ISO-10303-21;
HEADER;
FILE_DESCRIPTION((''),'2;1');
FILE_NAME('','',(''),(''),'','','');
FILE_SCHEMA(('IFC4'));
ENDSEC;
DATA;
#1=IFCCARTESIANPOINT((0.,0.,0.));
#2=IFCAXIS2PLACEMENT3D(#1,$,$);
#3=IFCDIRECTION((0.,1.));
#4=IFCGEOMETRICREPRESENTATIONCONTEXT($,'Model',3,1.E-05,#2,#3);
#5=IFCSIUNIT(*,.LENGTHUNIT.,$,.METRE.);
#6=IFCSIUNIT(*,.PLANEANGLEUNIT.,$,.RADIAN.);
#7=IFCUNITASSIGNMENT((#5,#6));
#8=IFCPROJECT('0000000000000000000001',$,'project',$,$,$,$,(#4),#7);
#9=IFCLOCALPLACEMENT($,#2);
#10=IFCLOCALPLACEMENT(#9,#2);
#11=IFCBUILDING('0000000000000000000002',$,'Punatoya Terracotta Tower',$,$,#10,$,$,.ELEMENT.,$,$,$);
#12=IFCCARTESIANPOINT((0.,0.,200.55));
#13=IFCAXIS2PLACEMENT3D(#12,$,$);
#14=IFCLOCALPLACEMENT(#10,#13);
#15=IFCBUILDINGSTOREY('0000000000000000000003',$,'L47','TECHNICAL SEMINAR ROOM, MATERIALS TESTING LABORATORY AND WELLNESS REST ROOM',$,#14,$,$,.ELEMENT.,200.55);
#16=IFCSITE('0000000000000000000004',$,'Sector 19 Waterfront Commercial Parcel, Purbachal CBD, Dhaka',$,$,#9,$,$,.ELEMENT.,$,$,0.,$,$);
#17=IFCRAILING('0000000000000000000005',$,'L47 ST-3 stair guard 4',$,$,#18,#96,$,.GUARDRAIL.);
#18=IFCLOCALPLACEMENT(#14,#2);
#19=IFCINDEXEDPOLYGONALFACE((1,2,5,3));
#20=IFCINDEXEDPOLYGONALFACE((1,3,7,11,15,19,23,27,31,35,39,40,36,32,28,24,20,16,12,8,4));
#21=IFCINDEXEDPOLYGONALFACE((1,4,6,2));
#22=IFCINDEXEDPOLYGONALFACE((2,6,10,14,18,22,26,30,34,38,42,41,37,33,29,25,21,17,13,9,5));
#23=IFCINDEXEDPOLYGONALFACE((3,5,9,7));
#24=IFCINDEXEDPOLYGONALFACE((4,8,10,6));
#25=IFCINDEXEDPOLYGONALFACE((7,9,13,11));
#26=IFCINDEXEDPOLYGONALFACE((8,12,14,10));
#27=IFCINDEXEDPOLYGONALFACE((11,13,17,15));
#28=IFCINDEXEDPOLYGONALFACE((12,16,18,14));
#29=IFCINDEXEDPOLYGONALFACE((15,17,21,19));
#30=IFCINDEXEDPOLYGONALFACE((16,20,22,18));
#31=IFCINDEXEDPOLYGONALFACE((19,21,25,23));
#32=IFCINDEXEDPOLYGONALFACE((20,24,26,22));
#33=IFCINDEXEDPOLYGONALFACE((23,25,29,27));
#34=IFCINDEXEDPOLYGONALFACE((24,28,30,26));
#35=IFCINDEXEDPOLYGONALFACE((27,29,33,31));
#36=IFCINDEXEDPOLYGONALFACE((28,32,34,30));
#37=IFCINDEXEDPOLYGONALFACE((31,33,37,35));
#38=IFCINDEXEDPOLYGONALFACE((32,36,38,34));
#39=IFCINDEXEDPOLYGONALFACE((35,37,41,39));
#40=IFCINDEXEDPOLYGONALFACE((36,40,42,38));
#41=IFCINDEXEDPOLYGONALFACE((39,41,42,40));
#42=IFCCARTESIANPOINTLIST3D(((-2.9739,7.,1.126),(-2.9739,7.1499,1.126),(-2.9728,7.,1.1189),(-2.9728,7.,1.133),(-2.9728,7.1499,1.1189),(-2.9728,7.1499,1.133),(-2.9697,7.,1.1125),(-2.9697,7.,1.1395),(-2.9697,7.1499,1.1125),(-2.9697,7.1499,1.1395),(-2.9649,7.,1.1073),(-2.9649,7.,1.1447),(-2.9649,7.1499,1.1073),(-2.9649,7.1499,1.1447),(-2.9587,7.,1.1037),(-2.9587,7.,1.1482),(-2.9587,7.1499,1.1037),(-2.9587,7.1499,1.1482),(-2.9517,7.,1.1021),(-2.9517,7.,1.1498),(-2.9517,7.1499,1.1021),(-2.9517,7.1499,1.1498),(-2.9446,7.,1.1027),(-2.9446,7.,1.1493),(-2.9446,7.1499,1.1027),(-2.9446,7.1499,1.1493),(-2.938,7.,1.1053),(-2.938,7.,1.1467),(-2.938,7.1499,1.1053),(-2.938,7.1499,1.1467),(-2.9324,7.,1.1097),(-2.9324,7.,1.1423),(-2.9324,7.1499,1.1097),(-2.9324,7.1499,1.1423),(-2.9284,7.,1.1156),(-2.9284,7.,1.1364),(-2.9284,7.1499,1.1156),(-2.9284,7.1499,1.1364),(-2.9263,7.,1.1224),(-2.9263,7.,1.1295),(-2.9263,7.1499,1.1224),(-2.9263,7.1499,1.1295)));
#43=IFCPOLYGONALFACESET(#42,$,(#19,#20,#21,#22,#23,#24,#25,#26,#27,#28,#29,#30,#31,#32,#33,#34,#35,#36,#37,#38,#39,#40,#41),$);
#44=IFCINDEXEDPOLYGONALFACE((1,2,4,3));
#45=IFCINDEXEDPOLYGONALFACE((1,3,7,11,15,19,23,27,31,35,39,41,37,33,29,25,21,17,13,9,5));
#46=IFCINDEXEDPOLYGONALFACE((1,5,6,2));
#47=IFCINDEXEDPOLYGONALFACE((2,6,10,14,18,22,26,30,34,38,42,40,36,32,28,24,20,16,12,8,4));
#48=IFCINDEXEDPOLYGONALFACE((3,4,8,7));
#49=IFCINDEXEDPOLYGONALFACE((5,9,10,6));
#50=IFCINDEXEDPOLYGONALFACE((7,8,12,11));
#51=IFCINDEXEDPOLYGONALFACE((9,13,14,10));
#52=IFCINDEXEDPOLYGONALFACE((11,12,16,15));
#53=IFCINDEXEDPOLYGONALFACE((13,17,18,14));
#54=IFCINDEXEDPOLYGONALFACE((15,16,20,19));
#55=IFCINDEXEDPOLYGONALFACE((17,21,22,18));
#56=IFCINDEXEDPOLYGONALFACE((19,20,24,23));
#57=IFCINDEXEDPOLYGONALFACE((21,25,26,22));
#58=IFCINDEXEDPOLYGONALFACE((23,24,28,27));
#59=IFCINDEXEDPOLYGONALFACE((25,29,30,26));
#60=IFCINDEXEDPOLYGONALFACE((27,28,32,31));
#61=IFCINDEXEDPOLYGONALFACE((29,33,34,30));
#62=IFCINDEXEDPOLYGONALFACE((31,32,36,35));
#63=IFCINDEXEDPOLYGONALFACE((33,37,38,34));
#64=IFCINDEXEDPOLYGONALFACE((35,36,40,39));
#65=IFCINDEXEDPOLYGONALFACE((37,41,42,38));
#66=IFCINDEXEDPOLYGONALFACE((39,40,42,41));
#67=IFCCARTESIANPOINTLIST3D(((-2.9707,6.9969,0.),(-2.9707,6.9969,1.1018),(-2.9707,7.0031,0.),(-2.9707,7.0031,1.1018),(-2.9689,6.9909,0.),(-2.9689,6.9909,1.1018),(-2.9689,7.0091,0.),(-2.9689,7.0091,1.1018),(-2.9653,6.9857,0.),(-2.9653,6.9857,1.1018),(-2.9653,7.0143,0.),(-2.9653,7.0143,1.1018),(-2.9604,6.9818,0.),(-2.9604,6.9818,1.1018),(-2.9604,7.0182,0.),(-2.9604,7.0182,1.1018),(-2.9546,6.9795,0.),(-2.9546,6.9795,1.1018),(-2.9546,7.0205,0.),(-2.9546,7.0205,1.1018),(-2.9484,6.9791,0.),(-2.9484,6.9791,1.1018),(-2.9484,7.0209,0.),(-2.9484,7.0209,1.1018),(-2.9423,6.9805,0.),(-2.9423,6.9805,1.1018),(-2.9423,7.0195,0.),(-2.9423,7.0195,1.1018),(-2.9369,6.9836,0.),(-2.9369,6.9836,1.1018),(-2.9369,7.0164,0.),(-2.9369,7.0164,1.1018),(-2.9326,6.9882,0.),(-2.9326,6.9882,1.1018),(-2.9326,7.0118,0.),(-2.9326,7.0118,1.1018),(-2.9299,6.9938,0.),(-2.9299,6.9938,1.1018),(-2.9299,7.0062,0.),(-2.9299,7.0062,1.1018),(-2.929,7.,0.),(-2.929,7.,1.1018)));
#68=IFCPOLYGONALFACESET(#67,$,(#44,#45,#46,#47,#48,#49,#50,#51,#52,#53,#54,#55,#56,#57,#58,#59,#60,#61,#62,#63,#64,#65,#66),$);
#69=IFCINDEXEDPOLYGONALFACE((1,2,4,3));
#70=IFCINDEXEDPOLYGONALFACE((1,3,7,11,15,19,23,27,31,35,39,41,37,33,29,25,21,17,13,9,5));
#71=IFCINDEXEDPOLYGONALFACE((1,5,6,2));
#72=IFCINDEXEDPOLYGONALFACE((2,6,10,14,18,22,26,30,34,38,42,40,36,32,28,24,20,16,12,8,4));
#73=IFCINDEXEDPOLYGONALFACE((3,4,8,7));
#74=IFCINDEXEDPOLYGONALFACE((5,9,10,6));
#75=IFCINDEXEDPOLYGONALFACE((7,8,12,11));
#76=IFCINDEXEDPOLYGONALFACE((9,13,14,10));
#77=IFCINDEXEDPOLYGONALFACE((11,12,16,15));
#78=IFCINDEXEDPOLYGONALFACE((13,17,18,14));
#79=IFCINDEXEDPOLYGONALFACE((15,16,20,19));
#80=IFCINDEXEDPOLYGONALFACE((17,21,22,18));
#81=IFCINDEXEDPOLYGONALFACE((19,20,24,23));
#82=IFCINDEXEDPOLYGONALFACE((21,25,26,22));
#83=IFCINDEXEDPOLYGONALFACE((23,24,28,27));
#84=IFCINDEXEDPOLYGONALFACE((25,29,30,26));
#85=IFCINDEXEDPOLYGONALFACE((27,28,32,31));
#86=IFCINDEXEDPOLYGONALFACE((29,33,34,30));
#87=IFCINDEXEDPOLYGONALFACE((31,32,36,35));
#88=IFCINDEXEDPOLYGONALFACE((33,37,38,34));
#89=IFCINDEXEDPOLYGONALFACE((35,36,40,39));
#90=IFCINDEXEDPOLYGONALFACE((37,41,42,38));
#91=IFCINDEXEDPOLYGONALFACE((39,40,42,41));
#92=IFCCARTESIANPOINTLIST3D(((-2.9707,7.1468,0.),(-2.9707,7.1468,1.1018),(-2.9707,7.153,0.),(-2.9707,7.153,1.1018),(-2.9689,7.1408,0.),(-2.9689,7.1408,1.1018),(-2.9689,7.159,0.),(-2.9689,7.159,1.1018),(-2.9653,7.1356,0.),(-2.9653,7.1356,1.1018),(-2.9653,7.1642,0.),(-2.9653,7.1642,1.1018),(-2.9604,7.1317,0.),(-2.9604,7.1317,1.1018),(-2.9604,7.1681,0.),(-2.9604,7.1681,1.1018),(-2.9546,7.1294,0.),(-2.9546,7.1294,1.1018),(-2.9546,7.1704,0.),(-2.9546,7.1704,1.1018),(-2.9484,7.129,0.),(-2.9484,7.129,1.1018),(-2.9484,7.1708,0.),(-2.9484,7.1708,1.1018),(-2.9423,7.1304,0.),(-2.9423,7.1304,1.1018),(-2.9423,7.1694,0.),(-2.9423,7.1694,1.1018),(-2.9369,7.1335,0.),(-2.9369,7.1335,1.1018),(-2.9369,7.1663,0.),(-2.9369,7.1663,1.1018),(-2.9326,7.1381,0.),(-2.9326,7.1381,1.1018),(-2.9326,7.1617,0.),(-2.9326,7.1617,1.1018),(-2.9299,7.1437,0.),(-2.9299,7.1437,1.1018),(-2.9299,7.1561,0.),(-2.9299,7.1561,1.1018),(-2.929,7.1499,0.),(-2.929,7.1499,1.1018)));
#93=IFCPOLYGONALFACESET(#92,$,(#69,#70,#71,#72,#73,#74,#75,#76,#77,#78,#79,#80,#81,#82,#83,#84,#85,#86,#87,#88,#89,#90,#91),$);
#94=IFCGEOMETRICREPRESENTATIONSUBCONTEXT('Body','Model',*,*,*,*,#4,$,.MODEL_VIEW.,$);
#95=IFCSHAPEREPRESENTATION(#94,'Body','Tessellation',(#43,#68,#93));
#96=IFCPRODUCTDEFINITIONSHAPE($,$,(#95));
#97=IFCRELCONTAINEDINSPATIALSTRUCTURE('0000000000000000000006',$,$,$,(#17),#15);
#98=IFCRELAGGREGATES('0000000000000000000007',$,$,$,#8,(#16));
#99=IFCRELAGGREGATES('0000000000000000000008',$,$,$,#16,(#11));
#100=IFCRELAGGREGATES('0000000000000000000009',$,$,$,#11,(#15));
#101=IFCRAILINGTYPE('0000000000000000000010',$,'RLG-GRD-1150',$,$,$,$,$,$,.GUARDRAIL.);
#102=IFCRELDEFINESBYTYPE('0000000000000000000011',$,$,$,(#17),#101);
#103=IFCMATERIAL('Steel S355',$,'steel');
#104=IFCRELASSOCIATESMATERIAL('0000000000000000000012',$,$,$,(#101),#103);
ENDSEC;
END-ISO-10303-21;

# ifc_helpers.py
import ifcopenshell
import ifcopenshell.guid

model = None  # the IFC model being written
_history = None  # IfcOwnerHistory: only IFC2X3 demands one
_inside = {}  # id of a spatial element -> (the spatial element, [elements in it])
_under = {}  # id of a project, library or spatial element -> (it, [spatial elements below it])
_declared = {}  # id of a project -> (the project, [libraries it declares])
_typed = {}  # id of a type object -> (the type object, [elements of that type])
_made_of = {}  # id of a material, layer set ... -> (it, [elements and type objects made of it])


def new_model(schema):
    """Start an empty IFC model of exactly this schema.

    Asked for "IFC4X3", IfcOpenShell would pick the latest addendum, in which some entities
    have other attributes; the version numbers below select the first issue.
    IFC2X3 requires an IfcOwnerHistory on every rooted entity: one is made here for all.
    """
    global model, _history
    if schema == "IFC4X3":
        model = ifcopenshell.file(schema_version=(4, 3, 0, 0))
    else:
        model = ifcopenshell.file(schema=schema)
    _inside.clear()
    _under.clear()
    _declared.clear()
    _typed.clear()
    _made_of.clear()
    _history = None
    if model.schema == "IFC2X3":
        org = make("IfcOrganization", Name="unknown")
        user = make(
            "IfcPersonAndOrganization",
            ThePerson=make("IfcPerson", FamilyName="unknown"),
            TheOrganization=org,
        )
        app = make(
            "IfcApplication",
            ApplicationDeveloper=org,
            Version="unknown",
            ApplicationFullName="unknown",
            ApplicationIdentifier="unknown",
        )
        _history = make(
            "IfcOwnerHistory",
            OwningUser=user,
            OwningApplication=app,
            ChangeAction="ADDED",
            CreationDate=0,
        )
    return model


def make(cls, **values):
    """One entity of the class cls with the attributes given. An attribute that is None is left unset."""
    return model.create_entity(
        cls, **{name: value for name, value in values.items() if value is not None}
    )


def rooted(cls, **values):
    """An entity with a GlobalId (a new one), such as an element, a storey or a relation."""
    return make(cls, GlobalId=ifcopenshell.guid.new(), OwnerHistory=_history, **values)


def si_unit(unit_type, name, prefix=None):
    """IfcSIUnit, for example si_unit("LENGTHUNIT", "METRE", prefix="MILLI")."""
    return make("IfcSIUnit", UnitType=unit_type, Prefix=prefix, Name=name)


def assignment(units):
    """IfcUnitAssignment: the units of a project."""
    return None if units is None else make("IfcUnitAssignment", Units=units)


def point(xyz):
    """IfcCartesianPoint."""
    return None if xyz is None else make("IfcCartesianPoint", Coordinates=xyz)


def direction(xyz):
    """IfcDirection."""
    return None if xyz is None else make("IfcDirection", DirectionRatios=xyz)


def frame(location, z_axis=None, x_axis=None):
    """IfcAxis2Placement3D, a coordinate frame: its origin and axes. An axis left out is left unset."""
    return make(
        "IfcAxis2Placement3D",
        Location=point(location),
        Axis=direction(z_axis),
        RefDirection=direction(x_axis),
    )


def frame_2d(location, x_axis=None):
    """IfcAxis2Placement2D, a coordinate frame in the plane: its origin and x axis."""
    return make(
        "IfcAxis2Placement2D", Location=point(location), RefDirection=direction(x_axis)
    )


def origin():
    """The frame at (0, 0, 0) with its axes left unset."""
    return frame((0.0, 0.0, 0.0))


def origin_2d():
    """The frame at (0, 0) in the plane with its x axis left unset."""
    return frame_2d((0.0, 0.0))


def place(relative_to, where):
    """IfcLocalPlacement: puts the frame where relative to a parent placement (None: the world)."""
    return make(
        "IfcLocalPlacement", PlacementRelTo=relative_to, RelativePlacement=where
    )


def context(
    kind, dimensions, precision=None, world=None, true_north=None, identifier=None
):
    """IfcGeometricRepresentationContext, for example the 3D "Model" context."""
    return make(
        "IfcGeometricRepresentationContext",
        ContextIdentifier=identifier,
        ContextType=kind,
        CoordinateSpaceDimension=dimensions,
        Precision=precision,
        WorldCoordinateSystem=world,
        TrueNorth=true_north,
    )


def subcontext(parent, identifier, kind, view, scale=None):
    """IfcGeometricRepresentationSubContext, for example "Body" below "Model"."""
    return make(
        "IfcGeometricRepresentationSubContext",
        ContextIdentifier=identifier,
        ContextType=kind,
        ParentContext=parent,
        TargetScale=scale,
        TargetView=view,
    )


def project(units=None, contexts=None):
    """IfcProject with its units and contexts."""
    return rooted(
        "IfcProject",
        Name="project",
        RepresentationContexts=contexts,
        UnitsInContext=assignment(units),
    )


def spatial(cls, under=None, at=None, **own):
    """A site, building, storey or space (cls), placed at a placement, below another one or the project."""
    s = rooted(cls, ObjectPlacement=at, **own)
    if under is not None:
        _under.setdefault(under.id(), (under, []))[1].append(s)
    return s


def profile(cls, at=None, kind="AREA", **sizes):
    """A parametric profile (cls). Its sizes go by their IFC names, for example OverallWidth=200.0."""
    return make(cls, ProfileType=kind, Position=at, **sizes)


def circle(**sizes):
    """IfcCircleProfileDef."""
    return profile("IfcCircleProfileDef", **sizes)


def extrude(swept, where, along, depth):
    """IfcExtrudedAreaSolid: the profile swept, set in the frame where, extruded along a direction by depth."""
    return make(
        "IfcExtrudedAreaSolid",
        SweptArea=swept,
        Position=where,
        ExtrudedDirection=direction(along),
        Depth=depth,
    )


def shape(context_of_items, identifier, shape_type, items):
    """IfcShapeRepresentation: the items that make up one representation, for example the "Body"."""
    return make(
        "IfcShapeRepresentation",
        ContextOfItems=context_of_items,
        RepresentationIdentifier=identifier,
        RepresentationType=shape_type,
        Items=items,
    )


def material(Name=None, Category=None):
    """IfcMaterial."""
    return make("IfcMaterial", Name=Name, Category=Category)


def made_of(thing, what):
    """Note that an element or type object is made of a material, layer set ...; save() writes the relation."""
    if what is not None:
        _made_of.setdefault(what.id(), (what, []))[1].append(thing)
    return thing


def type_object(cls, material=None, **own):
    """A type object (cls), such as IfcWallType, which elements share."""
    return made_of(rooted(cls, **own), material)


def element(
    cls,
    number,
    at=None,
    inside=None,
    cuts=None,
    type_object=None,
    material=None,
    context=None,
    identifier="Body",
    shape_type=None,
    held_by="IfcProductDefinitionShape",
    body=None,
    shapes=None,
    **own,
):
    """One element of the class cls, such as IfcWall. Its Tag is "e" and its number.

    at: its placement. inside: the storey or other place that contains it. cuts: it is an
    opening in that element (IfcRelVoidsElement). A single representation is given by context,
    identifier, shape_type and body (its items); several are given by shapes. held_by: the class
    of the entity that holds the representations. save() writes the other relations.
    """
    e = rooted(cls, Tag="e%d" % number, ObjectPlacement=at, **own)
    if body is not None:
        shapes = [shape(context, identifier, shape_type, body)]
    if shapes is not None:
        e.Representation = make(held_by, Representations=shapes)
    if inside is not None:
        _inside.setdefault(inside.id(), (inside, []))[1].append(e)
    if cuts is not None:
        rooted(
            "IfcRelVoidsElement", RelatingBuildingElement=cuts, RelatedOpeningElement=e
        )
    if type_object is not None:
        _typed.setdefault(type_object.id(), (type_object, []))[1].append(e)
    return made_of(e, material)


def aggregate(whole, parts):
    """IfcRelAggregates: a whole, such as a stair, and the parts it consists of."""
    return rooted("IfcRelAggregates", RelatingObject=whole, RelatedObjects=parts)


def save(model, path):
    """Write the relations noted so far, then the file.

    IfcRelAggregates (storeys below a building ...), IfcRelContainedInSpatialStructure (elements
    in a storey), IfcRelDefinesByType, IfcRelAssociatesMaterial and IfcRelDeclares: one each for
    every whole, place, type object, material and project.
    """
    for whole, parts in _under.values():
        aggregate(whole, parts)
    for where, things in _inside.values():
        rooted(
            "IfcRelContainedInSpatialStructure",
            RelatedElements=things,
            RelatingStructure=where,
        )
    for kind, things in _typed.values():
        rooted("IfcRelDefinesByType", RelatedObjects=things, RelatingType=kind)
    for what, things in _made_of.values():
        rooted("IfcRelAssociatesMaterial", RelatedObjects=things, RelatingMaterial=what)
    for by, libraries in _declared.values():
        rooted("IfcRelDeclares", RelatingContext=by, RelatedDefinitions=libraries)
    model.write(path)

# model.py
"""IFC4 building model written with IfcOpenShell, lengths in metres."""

from ifc_helpers import new_model, si_unit, direction, frame, origin, origin_2d, place, context, subcontext, project, spatial, circle, extrude, material, type_object, element, save


model = new_model("IFC4")

# Units and contexts
model_context = context("Model", 3, precision=1e-05, world=origin(), true_north=direction((0.0, 1.0)))
body_context = subcontext(model_context, "Body", "Model", "MODEL_VIEW")
ifc_project = project(units=[si_unit("LENGTHUNIT", "METRE"), si_unit("PLANEANGLEUNIT", "RADIAN")], contexts=[model_context])

# Site, building, storey
site_placement = place(None, origin())
site = spatial("IfcSite", under=ifc_project, at=site_placement, Name="Sector 19 Waterfront Commercial Parcel, Purbachal CBD, Dhaka", CompositionType="ELEMENT", RefElevation=0.0)
building_placement = place(site_placement, origin())
building = spatial("IfcBuilding", under=site, at=building_placement, Name="Punatoya Terracotta Tower", CompositionType="ELEMENT")
storey_placement = place(building_placement, frame((0.0, 0.0, 200.55)))
storey = spatial("IfcBuildingStorey", under=building, at=storey_placement, Name="L47", Description="TECHNICAL SEMINAR ROOM, MATERIALS TESTING LABORATORY AND WELLNESS REST ROOM", CompositionType="ELEMENT", Elevation=200.55)

# Shared definitions
ifc_material_1 = material(Name="Steel S355", Category="steel")

# Railing
railing_type = type_object("IfcRailingType", Name="RLG-GRD-1150", PredefinedType="GUARDRAIL", material=ifc_material_1)
railing_placement = place(storey_placement, frame((-2.95, 7.0, 0.0)))
element("IfcRailing", 1, at=railing_placement, inside=storey, type_object=railing_type, Name="L47 ST-3 stair guard 4", PredefinedType="GUARDRAIL", context=body_context, shape_type="SweptSolid", body=[
    extrude(circle(Radius=0.0239, at=origin_2d()), frame((0.0, 0.0, 1.126), z_axis=(0.0, 1.0, 0.0), x_axis=(-1.0, 0.0, 0.0)), (0.0, 0.0, 1.0), 0.1499),
    extrude(circle(Radius=0.021, at=origin_2d()), origin(), (0.0, 0.0, 1.0), 1.1018),
    extrude(circle(Radius=0.021, at=origin_2d()), frame((0.0, 0.1499, 0.0)), (0.0, 0.0, 1.0), 1.1018),
])

save(model, "model.ifc")
